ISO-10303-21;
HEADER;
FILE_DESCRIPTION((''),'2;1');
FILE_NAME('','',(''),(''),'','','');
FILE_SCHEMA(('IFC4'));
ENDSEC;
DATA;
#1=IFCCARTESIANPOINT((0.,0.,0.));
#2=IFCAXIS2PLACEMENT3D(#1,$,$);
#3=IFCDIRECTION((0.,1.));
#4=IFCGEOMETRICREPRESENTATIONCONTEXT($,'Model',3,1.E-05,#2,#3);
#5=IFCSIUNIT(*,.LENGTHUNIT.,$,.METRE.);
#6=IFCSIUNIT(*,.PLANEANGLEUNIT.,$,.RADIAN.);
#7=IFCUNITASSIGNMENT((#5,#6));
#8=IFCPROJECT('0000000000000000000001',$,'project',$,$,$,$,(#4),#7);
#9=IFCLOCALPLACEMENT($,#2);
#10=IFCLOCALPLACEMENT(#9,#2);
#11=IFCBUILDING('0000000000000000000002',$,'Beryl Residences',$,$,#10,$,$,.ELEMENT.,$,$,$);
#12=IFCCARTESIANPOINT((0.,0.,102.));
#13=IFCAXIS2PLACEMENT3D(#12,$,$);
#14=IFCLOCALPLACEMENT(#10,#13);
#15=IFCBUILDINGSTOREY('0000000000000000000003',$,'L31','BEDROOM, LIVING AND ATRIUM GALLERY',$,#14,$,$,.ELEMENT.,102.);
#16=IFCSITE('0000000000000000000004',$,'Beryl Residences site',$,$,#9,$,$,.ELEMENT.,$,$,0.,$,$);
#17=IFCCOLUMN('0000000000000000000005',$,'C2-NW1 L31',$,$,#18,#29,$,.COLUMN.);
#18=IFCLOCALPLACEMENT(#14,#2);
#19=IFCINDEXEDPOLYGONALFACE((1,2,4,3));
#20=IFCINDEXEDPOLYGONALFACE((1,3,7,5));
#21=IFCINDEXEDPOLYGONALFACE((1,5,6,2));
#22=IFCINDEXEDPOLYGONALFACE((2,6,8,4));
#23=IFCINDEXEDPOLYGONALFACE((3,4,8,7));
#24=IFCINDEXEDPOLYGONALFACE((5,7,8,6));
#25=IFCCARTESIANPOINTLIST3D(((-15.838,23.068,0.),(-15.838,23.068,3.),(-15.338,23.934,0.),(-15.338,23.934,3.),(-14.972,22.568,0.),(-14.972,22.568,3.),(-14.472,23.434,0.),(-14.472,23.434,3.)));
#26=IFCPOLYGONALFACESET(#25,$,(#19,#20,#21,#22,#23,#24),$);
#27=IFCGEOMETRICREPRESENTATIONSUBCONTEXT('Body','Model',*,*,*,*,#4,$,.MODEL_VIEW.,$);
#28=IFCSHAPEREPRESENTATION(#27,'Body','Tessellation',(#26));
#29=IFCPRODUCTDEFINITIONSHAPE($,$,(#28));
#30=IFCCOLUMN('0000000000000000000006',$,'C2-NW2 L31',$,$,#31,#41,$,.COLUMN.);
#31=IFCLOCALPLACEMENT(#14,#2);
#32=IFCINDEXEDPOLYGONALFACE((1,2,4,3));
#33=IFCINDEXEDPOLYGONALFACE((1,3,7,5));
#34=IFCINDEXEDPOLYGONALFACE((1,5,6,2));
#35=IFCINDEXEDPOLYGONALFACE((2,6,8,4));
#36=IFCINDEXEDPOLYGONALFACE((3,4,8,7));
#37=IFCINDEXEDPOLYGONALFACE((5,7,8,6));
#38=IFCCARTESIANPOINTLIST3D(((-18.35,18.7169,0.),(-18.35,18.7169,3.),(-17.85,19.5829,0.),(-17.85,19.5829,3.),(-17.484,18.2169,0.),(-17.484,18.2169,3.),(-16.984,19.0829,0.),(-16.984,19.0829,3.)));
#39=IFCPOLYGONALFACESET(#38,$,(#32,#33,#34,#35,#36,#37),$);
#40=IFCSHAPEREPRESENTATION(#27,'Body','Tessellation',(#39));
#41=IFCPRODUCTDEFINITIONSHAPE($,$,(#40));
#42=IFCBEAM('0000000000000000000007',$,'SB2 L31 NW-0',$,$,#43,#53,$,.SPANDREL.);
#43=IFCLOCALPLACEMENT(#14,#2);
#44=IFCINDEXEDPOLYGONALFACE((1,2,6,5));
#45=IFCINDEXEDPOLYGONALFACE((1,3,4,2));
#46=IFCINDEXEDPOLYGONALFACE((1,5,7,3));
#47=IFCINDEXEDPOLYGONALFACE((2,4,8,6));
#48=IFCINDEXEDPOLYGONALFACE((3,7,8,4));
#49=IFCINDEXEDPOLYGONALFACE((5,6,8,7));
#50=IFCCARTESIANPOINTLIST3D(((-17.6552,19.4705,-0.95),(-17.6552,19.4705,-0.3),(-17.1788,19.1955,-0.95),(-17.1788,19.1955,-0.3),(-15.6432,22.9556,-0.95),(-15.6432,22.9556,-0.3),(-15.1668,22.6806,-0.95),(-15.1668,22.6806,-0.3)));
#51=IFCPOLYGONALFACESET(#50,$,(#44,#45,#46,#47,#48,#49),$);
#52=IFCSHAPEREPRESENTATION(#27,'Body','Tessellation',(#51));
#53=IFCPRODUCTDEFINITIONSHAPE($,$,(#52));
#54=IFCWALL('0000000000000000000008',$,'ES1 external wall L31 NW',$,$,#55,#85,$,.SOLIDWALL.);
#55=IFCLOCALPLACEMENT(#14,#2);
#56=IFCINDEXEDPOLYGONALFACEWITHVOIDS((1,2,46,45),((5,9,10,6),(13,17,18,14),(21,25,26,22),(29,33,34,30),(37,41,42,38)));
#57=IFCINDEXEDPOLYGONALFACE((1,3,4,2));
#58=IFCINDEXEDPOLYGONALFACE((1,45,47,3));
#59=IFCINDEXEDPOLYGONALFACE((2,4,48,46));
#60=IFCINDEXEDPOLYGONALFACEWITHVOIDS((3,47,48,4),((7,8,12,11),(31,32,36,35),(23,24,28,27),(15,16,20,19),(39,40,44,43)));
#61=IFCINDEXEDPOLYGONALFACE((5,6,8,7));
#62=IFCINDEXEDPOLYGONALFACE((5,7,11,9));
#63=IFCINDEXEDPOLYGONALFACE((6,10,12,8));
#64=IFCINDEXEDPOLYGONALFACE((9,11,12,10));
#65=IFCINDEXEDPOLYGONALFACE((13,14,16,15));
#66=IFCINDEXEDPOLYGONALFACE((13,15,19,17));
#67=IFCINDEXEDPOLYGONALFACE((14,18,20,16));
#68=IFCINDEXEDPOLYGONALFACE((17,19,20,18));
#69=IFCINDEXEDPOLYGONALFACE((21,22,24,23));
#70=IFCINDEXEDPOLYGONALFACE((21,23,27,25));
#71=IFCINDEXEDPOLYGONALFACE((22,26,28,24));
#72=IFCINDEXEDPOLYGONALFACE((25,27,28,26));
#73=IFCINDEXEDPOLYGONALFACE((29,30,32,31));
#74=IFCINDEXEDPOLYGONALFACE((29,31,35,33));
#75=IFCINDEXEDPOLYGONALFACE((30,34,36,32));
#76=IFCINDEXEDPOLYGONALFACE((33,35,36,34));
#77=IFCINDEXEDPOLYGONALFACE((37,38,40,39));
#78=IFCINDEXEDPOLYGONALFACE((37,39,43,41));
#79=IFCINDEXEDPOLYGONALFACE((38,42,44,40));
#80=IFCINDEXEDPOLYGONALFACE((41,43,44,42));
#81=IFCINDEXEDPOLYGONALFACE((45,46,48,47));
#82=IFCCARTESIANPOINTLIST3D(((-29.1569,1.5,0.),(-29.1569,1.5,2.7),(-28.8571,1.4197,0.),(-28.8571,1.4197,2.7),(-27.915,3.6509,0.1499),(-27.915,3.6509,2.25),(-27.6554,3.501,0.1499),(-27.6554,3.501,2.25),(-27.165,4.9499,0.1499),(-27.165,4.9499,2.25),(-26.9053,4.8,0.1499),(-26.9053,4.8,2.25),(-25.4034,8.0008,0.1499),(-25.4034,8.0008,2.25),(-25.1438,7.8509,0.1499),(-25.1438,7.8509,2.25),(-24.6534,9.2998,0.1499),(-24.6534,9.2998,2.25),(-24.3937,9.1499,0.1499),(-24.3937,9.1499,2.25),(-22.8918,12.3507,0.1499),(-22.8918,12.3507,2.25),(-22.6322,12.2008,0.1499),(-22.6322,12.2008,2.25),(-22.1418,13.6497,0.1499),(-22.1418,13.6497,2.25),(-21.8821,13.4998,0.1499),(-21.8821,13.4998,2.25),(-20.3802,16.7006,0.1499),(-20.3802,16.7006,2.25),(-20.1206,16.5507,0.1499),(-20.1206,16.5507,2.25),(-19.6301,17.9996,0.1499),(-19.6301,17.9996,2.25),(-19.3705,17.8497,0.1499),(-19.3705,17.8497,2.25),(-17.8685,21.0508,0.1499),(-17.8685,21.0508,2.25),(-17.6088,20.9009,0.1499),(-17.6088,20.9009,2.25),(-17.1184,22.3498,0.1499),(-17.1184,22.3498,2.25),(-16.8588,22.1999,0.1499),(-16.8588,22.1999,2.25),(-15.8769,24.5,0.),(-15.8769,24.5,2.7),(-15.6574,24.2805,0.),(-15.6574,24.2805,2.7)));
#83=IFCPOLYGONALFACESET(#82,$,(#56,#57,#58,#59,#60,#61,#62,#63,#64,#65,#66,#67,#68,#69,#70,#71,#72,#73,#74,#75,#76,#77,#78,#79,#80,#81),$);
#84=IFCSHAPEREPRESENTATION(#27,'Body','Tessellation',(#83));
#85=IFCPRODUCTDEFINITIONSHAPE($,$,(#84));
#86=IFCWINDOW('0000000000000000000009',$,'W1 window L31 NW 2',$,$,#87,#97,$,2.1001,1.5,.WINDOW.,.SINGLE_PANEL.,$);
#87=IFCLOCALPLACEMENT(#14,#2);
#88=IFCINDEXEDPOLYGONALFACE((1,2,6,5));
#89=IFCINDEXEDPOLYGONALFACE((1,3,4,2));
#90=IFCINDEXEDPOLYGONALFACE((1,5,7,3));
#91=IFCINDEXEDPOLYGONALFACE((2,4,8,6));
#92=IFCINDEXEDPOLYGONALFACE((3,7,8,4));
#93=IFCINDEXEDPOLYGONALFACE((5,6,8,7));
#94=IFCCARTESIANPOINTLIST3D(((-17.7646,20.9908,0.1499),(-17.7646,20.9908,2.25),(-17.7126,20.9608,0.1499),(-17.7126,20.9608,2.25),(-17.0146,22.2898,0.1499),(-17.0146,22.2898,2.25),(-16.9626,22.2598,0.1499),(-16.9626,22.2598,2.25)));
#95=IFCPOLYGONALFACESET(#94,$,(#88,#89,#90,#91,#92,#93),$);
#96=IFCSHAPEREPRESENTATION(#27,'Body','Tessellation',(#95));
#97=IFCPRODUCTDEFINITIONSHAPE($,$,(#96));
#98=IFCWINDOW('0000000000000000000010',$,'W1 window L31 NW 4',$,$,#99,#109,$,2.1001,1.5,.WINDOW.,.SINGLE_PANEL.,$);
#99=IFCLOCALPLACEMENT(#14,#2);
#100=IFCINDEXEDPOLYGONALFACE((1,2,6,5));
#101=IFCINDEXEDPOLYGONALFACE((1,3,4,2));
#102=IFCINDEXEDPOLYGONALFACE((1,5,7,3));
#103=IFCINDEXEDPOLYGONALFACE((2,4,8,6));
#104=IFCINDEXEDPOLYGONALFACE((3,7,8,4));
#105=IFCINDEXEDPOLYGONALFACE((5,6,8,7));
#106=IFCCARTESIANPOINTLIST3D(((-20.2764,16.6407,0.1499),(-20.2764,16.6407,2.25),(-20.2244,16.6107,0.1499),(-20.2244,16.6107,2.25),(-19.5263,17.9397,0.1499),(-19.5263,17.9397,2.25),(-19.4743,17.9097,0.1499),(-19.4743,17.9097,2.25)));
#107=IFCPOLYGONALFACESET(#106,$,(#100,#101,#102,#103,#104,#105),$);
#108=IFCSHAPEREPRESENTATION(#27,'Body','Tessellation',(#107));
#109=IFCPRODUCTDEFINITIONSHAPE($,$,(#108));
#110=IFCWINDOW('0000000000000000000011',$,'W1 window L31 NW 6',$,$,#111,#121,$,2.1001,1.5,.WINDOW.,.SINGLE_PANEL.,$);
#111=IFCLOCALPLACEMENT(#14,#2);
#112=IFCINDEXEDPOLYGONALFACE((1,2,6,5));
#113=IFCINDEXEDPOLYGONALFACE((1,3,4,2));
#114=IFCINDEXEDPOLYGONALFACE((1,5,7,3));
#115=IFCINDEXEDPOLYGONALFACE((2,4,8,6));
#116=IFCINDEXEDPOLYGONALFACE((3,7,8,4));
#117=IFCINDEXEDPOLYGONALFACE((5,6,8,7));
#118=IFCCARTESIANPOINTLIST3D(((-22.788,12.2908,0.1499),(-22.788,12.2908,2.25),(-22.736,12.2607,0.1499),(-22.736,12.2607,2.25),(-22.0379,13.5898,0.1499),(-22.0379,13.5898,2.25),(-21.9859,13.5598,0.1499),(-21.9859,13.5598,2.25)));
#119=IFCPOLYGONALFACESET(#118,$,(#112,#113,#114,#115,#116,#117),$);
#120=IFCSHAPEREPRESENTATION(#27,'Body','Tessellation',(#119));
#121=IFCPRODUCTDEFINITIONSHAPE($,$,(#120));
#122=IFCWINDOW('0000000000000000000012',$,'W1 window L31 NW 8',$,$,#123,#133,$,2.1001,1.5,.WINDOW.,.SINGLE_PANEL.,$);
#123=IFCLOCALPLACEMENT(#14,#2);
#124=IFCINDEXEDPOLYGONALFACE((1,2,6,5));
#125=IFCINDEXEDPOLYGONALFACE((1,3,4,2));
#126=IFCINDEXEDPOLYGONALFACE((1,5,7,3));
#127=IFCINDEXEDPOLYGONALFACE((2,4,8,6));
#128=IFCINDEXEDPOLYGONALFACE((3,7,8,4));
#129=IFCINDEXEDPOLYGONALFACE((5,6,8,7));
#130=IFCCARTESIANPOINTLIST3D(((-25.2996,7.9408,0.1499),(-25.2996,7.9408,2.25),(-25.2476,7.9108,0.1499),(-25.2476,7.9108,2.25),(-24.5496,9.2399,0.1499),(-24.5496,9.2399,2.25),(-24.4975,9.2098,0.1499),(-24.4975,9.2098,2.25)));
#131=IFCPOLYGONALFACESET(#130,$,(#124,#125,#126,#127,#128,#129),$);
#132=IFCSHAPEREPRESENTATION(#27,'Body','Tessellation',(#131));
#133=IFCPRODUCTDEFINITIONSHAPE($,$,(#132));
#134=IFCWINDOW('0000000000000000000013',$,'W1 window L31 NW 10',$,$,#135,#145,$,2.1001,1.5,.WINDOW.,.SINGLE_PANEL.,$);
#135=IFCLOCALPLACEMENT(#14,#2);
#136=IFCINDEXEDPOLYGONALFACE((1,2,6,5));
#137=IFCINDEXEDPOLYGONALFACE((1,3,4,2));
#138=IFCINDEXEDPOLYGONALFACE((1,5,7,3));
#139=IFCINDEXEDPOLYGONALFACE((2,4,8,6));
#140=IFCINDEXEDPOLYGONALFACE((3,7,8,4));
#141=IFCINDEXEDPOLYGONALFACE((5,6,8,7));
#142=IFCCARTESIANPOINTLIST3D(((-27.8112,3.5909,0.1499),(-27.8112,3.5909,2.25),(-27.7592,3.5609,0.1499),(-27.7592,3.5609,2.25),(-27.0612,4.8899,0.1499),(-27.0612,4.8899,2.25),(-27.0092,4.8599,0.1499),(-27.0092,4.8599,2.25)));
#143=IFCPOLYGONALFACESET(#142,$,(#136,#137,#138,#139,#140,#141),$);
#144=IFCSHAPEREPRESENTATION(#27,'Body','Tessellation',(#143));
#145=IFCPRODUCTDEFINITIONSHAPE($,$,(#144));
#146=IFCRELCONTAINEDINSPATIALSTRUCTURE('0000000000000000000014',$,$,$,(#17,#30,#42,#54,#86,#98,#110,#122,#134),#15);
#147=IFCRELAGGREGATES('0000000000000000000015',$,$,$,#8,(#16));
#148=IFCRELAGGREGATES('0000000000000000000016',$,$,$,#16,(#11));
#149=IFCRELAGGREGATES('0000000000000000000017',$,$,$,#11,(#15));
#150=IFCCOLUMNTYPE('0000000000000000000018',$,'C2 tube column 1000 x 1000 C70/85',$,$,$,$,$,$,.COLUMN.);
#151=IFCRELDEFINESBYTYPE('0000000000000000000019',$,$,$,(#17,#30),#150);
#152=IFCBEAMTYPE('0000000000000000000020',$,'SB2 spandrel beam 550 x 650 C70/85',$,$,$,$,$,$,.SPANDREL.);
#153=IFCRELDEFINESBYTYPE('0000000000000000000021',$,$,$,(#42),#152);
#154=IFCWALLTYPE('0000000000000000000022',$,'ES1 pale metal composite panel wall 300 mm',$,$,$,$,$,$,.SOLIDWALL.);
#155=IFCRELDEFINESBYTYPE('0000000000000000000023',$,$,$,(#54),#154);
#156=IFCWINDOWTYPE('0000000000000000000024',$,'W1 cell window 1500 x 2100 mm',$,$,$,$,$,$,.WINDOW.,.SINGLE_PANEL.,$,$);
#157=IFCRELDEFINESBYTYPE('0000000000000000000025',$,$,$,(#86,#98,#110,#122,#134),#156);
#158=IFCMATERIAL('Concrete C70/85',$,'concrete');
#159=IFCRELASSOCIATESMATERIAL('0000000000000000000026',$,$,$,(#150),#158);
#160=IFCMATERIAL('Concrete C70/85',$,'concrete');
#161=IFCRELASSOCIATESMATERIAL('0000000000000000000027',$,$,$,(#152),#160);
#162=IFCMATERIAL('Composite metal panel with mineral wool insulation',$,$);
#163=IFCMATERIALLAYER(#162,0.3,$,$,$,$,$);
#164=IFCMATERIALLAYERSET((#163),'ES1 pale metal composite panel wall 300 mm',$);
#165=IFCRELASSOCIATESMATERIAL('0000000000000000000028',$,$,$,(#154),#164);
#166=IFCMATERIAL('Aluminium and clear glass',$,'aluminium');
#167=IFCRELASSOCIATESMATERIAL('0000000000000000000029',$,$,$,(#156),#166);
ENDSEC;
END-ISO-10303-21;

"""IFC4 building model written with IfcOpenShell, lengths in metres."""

from ifc_helpers import new_model, si_unit, direction, frame, frame_2d, origin, origin_2d, place, context, subcontext, project, spatial, polyline, rectangle, outline, extrude, material, layer, layer_set, material_profile, profile_set, type_object, element, fill, save


model = new_model("IFC4")

# Units and contexts
model_context = context("Model", 3, precision=1e-05, world=origin(), true_north=direction((0.0, 1.0)))
body_context = subcontext(model_context, "Body", "Model", "MODEL_VIEW")
ifc_project = project(units=[si_unit("LENGTHUNIT", "METRE"), si_unit("PLANEANGLEUNIT", "RADIAN")], contexts=[model_context])

# Site, building, storey
site_placement = place(None, origin())
site = spatial("IfcSite", under=ifc_project, at=site_placement, Name="Beryl Residences site", CompositionType="ELEMENT", RefElevation=0.0)
building_placement = place(site_placement, origin())
building = spatial("IfcBuilding", under=site, at=building_placement, Name="Beryl Residences", CompositionType="ELEMENT")
storey_placement = place(building_placement, frame((0.0, 0.0, 102.0)))
storey = spatial("IfcBuildingStorey", under=building, at=storey_placement, Name="L31", Description="BEDROOM, LIVING AND ATRIUM GALLERY", CompositionType="ELEMENT", Elevation=102.0)

# Columns
ifc_material_1 = material(Name="Concrete C70/85", Category="concrete")
ifc_material_profile_1 = material_profile(ifc_material_1, rectangle(XDim=1.0, YDim=1.0, at=origin_2d()))
ifc_profile_set_1 = profile_set([ifc_material_profile_1], Name="Concrete C70/85")
column_type = type_object("IfcColumnType", Name="C2 tube column 1000 x 1000 C70/85", PredefinedType="COLUMN", material=ifc_profile_set_1)
for number, where, z_axis, x_axis, name in (
    (1, (-15.155, 23.251, 0.0), (0.0, 0.0, 1.0), (-0.5, -0.866025, 0.0), "C2-NW1 L31"),
    (2, (-17.667, 18.8999, 0.0), (0.0, 0.0, 1.0), (-0.5, -0.866025, 0.0), "C2-NW2 L31"),
):
    element("IfcColumn", number, at=place(storey_placement, frame(where, z_axis=z_axis, x_axis=x_axis)), inside=storey, type_object=column_type, Name=name, PredefinedType="COLUMN", context=body_context, shape_type="SweptSolid", body=[
        extrude(rectangle(XDim=1.0, YDim=1.0, at=origin_2d()), origin(), (0.0, 0.0, 1.0), 3.0),
    ])

# Beam
ifc_material_2 = material(Name="Concrete C70/85", Category="concrete")
ifc_material_profile_2 = material_profile(ifc_material_2, rectangle(XDim=0.55, YDim=0.6499, at=origin_2d()))
ifc_profile_set_2 = profile_set([ifc_material_profile_2], Name="Concrete C70/85")
beam_type = type_object("IfcBeamType", Name="SB2 spandrel beam 550 x 650 C70/85", PredefinedType="SPANDREL", material=ifc_profile_set_2)
beam_placement = place(storey_placement, frame((-15.405, 22.8181, -0.625), z_axis=(-0.499969, -0.866043, 0.0), x_axis=(0.866043, -0.499969, 0.0)))
element("IfcBeam", 3, at=beam_placement, inside=storey, type_object=beam_type, Name="SB2 L31 NW-0", PredefinedType="SPANDREL", context=body_context, shape_type="SweptSolid", body=[
    extrude(rectangle(XDim=0.55, YDim=0.6499, at=origin_2d()), origin(), (0.0, 0.0, 1.0), 4.0242),
])

# Wall, openings, windows
ifc_material_3 = material(Name="Composite metal panel with mineral wool insulation")
ifc_layer_1 = layer(ifc_material_3, 0.3)
ifc_layer_set_1 = layer_set([ifc_layer_1], Name="ES1 pale metal composite panel wall 300 mm")
wall_type_1 = type_object("IfcWallType", Name="ES1 pale metal composite panel wall 300 mm", PredefinedType="SOLIDWALL", material=ifc_layer_set_1)
wall_1_placement = place(storey_placement, frame((-15.7471, 24.425, 0.0), z_axis=(0.0, 0.0, 1.0), x_axis=(-0.500027, -0.86601, 0.0)))
wall_1 = element("IfcWall", 4, at=wall_1_placement, inside=storey, type_object=wall_type_1, Name="ES1 external wall L31 NW", PredefinedType="SOLIDWALL", context=body_context, shape_type="SweptSolid", body=[
    extrude(outline(polyline([(0.0, -0.1499), (26.5586, -0.1499), (26.4783, 0.1499), (0.0803, 0.1499), (0.0, -0.1499)])), origin(), (0.0, 0.0, 1.0), 2.7),
])
opening_1_placement = place(wall_1_placement, frame((2.4829, 0.0, 0.1499)))
opening_1 = element("IfcOpeningElement", 5, at=opening_1_placement, cuts=wall_1, PredefinedType="OPENING", context=body_context, shape_type="SweptSolid", body=[
    extrude(rectangle(XDim=1.5, YDim=2.1001, at=frame_2d((0.75, 1.05))), frame((0.0, 0.1599, 0.0), z_axis=(0.0, -1.0, 0.0), x_axis=(1.0, 0.0, 0.0)), (0.0, 0.0, 1.0), 0.3201),
])
opening_2_placement = place(wall_1_placement, frame((7.5061, 0.0, 0.1499)))
opening_2 = element("IfcOpeningElement", 6, at=opening_2_placement, cuts=wall_1, PredefinedType="OPENING", context=body_context, shape_type="SweptSolid", body=[
    extrude(rectangle(XDim=1.5, YDim=2.1001, at=frame_2d((0.75, 1.05))), frame((0.0, 0.1599, 0.0), z_axis=(0.0, -1.0, 0.0), x_axis=(1.0, 0.0, 0.0)), (0.0, 0.0, 1.0), 0.3201),
])
opening_3_placement = place(wall_1_placement, frame((12.5291, 0.0, 0.1499)))
opening_3 = element("IfcOpeningElement", 7, at=opening_3_placement, cuts=wall_1, PredefinedType="OPENING", context=body_context, shape_type="SweptSolid", body=[
    extrude(rectangle(XDim=1.5, YDim=2.1001, at=frame_2d((0.75, 1.05))), frame((0.0, 0.1599, 0.0), z_axis=(0.0, -1.0, 0.0), x_axis=(1.0, 0.0, 0.0)), (0.0, 0.0, 1.0), 0.3201),
])
opening_4_placement = place(wall_1_placement, frame((17.552, 0.0, 0.1499)))
opening_4 = element("IfcOpeningElement", 8, at=opening_4_placement, cuts=wall_1, PredefinedType="OPENING", context=body_context, shape_type="SweptSolid", body=[
    extrude(rectangle(XDim=1.5, YDim=2.1001, at=frame_2d((0.75, 1.05))), frame((0.0, 0.1599, 0.0), z_axis=(0.0, -1.0, 0.0), x_axis=(1.0, 0.0, 0.0)), (0.0, 0.0, 1.0), 0.3201),
])
opening_5_placement = place(wall_1_placement, frame((22.575, 0.0, 0.1499)))
opening_5 = element("IfcOpeningElement", 9, at=opening_5_placement, cuts=wall_1, PredefinedType="OPENING", context=body_context, shape_type="SweptSolid", body=[
    extrude(rectangle(XDim=1.5, YDim=2.1001, at=frame_2d((0.75, 1.05))), frame((0.0, 0.1599, 0.0), z_axis=(0.0, -1.0, 0.0), x_axis=(1.0, 0.0, 0.0)), (0.0, 0.0, 1.0), 0.3201),
])
ifc_material_4 = material(Name="Aluminium and clear glass", Category="aluminium")
window_type = type_object("IfcWindowType", Name="W1 cell window 1500 x 2100 mm", PartitioningType="SINGLE_PANEL", PredefinedType="WINDOW", material=ifc_material_4)
window_1_placement = place(opening_1_placement, origin())
window_1 = element("IfcWindow", 10, at=window_1_placement, inside=storey, type_object=window_type, Name="W1 window L31 NW 2", OverallHeight=2.1001, OverallWidth=1.5, PartitioningType="SINGLE_PANEL", PredefinedType="WINDOW", context=body_context, shape_type="SweptSolid", body=[
    extrude(rectangle(XDim=1.5, YDim=2.1001, at=frame_2d((0.75, 1.05))), frame((0.0, 0.03, 0.0), z_axis=(0.0, -1.0, 0.0), x_axis=(1.0, 0.0, 0.0)), (0.0, 0.0, 1.0), 0.0601),
])
fill(opening_1, window_1)
window_2_placement = place(opening_2_placement, origin())
window_2 = element("IfcWindow", 11, at=window_2_placement, inside=storey, type_object=window_type, Name="W1 window L31 NW 4", OverallHeight=2.1001, OverallWidth=1.5, PartitioningType="SINGLE_PANEL", PredefinedType="WINDOW", context=body_context, shape_type="SweptSolid", body=[
    extrude(rectangle(XDim=1.5, YDim=2.1001, at=frame_2d((0.75, 1.05))), frame((0.0, 0.03, 0.0), z_axis=(0.0, -1.0, 0.0), x_axis=(1.0, 0.0, 0.0)), (0.0, 0.0, 1.0), 0.0601),
])
fill(opening_2, window_2)
window_3_placement = place(opening_3_placement, origin())
window_3 = element("IfcWindow", 12, at=window_3_placement, inside=storey, type_object=window_type, Name="W1 window L31 NW 6", OverallHeight=2.1001, OverallWidth=1.5, PartitioningType="SINGLE_PANEL", PredefinedType="WINDOW", context=body_context, shape_type="SweptSolid", body=[
    extrude(rectangle(XDim=1.5, YDim=2.1001, at=frame_2d((0.75, 1.05))), frame((0.0, 0.03, 0.0), z_axis=(0.0, -1.0, 0.0), x_axis=(1.0, 0.0, 0.0)), (0.0, 0.0, 1.0), 0.0601),
])
fill(opening_3, window_3)
window_4_placement = place(opening_4_placement, origin())
window_4 = element("IfcWindow", 13, at=window_4_placement, inside=storey, type_object=window_type, Name="W1 window L31 NW 8", OverallHeight=2.1001, OverallWidth=1.5, PartitioningType="SINGLE_PANEL", PredefinedType="WINDOW", context=body_context, shape_type="SweptSolid", body=[
    extrude(rectangle(XDim=1.5, YDim=2.1001, at=frame_2d((0.75, 1.05))), frame((0.0, 0.03, 0.0), z_axis=(0.0, -1.0, 0.0), x_axis=(1.0, 0.0, 0.0)), (0.0, 0.0, 1.0), 0.0601),
])
fill(opening_4, window_4)
window_5_placement = place(opening_5_placement, origin())
window_5 = element("IfcWindow", 14, at=window_5_placement, inside=storey, type_object=window_type, Name="W1 window L31 NW 10", OverallHeight=2.1001, OverallWidth=1.5, PartitioningType="SINGLE_PANEL", PredefinedType="WINDOW", context=body_context, shape_type="SweptSolid", body=[
    extrude(rectangle(XDim=1.5, YDim=2.1001, at=frame_2d((0.75, 1.05))), frame((0.0, 0.03, 0.0), z_axis=(0.0, -1.0, 0.0), x_axis=(1.0, 0.0, 0.0)), (0.0, 0.0, 1.0), 0.0601),
])
fill(opening_5, window_5)

save(model, "model.ifc")
